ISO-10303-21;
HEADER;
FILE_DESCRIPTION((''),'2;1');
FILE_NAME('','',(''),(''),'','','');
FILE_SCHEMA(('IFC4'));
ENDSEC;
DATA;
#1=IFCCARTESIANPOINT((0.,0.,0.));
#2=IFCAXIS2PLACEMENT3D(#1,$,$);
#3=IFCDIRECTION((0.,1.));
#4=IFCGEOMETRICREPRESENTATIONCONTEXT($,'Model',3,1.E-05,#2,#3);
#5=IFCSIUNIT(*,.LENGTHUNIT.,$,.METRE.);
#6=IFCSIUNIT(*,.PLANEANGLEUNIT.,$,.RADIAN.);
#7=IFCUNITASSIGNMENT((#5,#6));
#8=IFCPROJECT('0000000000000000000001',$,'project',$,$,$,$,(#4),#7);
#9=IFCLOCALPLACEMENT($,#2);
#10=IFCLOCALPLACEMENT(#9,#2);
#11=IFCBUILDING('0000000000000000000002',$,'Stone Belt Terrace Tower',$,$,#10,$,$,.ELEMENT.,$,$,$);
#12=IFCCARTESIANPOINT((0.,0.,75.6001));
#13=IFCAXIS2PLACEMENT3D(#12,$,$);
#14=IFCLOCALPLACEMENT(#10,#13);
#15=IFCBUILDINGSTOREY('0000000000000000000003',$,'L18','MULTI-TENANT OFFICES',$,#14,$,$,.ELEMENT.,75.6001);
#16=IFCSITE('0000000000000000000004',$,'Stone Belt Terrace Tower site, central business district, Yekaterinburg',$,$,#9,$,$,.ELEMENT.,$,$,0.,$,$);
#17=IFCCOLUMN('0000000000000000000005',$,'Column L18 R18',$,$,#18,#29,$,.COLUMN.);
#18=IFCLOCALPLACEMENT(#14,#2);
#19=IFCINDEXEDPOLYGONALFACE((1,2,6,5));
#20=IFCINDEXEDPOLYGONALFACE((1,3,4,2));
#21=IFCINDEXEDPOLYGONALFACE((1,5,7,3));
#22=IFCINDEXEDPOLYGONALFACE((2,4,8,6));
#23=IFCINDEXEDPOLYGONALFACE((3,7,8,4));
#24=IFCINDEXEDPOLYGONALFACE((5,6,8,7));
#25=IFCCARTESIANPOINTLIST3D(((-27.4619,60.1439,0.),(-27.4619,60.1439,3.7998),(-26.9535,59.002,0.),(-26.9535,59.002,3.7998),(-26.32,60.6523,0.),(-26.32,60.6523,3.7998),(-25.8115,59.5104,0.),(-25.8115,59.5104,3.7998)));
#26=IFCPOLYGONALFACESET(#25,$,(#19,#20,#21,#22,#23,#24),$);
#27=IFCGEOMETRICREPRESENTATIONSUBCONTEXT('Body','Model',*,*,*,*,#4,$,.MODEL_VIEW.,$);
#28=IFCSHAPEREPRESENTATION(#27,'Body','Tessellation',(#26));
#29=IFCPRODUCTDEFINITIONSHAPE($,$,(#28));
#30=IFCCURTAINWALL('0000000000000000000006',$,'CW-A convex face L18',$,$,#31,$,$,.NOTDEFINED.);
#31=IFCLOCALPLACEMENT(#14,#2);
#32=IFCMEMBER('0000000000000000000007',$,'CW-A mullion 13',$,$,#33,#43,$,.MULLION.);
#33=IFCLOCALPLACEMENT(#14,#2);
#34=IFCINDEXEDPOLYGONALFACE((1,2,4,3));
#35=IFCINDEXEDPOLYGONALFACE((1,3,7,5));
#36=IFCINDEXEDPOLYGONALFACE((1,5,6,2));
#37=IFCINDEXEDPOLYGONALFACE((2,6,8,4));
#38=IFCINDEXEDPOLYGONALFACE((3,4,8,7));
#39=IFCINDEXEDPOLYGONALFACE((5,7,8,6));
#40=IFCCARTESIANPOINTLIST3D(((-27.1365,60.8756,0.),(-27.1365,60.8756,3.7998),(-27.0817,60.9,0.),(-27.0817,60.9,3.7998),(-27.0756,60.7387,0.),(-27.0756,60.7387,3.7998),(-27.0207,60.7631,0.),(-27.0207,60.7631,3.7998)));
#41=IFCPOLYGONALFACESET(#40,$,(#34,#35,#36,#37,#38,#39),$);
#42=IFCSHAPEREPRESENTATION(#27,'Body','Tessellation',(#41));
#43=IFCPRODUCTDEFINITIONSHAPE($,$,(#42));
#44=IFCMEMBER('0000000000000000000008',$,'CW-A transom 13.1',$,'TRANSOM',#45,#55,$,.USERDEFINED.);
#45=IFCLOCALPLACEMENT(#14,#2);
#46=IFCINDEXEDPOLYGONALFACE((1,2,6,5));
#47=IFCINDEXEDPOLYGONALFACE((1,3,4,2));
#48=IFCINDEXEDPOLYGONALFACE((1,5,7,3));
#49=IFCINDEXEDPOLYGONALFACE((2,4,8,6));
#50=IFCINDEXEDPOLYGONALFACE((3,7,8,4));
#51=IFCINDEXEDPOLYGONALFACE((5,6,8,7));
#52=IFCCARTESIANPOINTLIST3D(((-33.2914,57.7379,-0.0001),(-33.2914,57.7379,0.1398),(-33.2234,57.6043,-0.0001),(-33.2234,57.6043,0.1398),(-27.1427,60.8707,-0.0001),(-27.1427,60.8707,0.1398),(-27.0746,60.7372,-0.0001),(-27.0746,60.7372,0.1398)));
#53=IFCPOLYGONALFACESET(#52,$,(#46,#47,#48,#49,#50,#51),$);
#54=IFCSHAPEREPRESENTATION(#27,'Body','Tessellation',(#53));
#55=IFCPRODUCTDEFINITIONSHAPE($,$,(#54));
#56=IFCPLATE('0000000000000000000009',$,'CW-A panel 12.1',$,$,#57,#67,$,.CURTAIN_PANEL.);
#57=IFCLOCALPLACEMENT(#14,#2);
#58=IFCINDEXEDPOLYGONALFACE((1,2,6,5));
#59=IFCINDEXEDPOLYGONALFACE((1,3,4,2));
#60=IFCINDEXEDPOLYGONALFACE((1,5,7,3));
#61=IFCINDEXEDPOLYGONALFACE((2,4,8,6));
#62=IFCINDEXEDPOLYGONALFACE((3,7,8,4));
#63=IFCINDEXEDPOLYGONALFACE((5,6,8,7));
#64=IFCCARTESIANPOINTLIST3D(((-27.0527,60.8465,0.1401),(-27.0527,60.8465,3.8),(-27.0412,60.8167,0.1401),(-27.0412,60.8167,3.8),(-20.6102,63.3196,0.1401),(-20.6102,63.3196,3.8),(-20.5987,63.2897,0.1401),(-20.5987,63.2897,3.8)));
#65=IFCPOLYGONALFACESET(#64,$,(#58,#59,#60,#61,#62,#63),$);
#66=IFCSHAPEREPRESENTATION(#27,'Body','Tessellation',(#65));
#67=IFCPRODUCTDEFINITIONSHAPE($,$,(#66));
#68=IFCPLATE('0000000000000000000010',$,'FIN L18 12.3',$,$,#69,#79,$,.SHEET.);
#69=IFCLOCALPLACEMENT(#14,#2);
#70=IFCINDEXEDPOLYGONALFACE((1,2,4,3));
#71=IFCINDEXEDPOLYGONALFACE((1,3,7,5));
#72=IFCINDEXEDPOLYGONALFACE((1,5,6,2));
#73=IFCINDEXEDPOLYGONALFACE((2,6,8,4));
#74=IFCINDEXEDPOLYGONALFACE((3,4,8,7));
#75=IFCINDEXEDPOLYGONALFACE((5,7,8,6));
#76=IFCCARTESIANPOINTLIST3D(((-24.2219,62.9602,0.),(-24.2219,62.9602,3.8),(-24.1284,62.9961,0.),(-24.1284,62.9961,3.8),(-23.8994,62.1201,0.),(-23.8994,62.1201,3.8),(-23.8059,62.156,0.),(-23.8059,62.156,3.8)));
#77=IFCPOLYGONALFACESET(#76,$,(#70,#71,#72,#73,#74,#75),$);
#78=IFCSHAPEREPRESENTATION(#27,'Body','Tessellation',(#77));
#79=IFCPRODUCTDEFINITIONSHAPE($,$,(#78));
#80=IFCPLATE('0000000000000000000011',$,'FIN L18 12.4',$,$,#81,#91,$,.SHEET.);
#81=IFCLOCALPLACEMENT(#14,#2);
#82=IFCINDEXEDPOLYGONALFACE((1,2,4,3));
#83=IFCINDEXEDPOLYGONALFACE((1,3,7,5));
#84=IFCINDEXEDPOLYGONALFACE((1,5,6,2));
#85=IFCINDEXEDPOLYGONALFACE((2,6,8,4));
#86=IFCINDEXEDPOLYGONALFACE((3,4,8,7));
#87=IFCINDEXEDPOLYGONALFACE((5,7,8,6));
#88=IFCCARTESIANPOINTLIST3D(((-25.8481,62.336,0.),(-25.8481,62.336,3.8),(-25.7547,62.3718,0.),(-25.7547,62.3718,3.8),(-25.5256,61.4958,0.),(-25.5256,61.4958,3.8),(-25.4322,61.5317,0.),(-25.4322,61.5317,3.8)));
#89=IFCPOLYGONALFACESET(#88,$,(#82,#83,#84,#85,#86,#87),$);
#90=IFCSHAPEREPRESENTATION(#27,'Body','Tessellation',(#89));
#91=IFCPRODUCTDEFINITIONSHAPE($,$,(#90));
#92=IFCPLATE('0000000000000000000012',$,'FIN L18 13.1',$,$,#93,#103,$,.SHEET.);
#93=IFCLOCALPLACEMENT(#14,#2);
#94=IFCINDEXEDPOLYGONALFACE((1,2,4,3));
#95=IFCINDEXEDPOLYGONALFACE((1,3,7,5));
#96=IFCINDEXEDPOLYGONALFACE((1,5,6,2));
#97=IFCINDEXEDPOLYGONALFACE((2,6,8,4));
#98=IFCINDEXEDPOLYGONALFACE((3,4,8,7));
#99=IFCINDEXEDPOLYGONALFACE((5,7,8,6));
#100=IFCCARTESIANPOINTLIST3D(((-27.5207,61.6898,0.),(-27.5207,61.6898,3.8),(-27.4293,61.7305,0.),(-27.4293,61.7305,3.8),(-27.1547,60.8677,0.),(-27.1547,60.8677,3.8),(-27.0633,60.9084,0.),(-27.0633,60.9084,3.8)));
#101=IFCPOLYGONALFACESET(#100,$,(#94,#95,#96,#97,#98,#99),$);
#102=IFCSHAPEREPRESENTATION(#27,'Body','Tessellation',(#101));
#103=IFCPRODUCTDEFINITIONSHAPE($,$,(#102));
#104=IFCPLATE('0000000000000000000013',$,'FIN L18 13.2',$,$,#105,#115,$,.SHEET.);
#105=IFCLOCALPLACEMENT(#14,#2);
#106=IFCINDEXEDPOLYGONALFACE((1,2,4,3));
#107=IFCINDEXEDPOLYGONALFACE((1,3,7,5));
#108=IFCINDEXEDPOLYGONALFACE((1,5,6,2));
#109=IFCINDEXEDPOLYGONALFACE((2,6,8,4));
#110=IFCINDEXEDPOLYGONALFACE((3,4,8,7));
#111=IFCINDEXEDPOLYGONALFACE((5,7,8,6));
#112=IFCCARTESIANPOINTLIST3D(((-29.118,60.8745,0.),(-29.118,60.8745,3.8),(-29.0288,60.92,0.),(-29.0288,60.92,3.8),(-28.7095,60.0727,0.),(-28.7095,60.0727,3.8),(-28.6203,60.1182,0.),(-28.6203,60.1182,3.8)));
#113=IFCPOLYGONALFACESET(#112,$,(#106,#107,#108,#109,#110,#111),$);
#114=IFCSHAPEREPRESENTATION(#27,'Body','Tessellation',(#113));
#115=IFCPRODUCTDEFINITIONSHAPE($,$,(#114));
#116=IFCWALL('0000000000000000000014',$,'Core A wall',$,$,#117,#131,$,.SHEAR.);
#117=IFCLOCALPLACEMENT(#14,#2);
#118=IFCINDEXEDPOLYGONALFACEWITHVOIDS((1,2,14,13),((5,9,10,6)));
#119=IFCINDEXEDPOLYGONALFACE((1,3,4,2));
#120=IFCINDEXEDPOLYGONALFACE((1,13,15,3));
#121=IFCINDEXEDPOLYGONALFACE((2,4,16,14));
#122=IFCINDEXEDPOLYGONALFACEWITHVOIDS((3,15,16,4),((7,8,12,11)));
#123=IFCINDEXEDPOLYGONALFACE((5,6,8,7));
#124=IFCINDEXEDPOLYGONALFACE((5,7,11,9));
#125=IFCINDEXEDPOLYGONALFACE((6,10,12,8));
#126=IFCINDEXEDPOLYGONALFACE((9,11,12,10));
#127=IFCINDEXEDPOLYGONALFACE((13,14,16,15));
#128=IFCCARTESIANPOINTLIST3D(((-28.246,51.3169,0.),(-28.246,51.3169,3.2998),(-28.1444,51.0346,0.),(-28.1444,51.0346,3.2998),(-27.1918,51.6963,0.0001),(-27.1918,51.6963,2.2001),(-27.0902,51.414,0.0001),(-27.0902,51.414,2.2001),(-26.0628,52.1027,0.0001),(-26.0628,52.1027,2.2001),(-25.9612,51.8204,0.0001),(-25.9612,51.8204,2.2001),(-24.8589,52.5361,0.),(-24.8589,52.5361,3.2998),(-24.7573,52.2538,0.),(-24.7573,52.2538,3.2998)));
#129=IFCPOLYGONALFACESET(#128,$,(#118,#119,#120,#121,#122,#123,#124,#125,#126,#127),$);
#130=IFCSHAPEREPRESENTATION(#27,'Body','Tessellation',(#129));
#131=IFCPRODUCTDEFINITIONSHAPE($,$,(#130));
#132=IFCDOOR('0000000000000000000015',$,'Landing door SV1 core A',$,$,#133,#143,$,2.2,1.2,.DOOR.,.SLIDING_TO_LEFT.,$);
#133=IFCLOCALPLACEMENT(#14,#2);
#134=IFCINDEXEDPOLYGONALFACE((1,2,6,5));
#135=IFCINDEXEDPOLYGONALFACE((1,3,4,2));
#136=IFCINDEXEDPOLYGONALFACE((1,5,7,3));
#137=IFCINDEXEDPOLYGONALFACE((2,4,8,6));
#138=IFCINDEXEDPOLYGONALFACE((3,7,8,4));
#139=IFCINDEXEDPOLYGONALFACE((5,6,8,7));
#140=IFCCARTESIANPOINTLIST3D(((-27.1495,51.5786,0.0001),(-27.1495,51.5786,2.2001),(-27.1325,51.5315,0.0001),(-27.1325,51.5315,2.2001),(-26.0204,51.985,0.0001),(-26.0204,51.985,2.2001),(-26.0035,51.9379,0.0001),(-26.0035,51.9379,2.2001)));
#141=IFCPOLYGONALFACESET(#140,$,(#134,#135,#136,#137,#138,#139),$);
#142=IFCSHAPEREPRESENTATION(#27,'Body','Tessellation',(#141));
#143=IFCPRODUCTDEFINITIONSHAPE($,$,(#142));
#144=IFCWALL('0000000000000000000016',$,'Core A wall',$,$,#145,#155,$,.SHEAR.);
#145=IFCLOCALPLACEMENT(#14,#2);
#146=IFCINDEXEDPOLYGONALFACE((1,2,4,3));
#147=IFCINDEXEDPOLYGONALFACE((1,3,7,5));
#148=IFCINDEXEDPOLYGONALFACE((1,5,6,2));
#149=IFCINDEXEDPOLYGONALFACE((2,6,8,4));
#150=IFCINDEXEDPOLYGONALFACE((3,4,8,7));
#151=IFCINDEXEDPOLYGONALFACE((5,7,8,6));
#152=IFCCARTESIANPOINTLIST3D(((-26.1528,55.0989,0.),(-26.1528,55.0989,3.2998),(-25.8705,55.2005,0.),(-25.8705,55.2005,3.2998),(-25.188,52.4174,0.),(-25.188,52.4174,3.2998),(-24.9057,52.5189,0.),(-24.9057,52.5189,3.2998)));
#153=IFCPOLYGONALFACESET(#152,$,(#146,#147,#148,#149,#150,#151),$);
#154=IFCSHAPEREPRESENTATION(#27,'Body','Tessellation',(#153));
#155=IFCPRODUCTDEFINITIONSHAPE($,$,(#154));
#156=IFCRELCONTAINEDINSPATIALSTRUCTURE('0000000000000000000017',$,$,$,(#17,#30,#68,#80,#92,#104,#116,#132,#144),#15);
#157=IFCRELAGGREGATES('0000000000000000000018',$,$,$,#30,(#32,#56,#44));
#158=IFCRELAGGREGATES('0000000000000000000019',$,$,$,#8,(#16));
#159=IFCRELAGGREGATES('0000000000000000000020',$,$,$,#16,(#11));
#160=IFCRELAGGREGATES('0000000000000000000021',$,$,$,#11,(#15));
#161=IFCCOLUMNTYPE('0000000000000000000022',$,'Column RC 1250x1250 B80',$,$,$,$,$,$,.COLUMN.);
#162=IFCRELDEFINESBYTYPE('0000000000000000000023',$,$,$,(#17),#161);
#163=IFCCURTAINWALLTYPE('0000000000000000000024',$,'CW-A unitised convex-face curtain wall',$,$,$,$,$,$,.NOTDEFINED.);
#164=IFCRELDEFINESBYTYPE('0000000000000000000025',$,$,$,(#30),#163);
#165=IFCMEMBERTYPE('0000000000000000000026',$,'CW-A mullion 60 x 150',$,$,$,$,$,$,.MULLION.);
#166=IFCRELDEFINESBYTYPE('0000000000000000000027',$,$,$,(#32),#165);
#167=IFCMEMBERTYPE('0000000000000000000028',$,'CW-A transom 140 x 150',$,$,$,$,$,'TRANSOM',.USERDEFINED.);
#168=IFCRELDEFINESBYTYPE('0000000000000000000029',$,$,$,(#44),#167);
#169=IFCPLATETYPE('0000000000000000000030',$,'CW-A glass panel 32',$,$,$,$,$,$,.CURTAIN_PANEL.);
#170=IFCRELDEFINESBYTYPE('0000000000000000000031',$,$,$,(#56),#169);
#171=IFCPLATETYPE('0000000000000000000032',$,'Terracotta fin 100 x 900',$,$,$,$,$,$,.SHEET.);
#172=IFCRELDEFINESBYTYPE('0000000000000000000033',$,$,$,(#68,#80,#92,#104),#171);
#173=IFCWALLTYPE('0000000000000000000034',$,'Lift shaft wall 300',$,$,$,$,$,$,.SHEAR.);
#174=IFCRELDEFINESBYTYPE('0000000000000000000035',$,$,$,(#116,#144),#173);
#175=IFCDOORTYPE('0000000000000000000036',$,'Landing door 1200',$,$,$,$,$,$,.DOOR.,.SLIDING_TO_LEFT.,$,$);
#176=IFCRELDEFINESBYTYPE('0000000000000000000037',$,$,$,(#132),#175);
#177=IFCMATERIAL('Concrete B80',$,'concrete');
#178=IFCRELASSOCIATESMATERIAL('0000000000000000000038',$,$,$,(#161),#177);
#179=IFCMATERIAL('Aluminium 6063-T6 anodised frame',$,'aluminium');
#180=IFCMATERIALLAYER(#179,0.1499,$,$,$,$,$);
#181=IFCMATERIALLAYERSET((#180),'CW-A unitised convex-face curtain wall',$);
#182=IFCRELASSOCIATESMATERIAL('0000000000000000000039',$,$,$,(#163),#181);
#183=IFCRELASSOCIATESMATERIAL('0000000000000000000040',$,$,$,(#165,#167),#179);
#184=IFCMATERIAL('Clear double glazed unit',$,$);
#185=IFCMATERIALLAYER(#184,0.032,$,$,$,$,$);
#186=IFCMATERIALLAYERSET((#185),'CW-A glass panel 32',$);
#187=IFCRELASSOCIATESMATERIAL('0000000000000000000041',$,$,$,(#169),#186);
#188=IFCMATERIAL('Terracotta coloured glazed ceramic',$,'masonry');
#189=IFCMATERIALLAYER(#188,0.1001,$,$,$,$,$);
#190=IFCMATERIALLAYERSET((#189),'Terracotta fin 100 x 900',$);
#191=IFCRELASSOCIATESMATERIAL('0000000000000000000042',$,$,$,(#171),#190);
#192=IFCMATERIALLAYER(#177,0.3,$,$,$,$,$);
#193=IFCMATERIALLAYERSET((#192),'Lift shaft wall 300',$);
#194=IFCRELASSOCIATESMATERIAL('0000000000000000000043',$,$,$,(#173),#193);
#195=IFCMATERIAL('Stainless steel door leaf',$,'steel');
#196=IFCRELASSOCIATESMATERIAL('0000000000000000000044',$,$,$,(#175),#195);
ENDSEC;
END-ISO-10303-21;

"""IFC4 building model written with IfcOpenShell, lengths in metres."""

from ifc_helpers import new_model, si_unit, direction, frame, frame_2d, origin, origin_2d, place, context, subcontext, project, spatial, rectangle, extrude, material, layer, layer_set, material_profile, profile_set, type_object, element, fill, aggregate, save


model = new_model("IFC4")

# Units and contexts
model_context = context("Model", 3, precision=1e-05, world=origin(), true_north=direction((0.0, 1.0)))
body_context = subcontext(model_context, "Body", "Model", "MODEL_VIEW")
ifc_project = project(units=[si_unit("LENGTHUNIT", "METRE"), si_unit("PLANEANGLEUNIT", "RADIAN")], contexts=[model_context])

# Site, building, storey
site_placement = place(None, origin())
site = spatial("IfcSite", under=ifc_project, at=site_placement, Name="Stone Belt Terrace Tower site, central business district, Yekaterinburg", CompositionType="ELEMENT", RefElevation=0.0)
building_placement = place(site_placement, origin())
building = spatial("IfcBuilding", under=site, at=building_placement, Name="Stone Belt Terrace Tower", CompositionType="ELEMENT")
storey_placement = place(building_placement, frame((0.0, 0.0, 75.6001)))
storey = spatial("IfcBuildingStorey", under=building, at=storey_placement, Name="L18", Description="MULTI-TENANT OFFICES", CompositionType="ELEMENT", Elevation=75.6001)

# Column
ifc_material_1 = material(Name="Concrete B80", Category="concrete")
ifc_material_profile_1 = material_profile(ifc_material_1, rectangle(XDim=1.25, YDim=1.25, at=origin_2d()), Name="RC 1250x1250")
ifc_profile_set_1 = profile_set([ifc_material_profile_1], Name="Concrete B80")
column_type = type_object("IfcColumnType", Name="Column RC 1250x1250 B80", PredefinedType="COLUMN", material=ifc_profile_set_1)
column_placement = place(storey_placement, frame((-26.6367, 59.8271, 0.0), z_axis=(0.0, 0.0, 1.0), x_axis=(0.913545, 0.406737, 0.0)))
element("IfcColumn", 1, at=column_placement, inside=storey, type_object=column_type, Name="Column L18 R18", PredefinedType="COLUMN", context=body_context, shape_type="SweptSolid", body=[
    extrude(rectangle(XDim=1.25, YDim=1.25, at=origin_2d()), origin(), (0.0, 0.0, 1.0), 3.7998),
])

# Curtain wall, members, plate
ifc_material_2 = material(Name="Aluminium 6063-T6 anodised frame", Category="aluminium")
ifc_layer_1 = layer(ifc_material_2, 0.1499)
ifc_layer_set_1 = layer_set([ifc_layer_1], Name="CW-A unitised convex-face curtain wall")
curtain_wall_type = type_object("IfcCurtainWallType", Name="CW-A unitised convex-face curtain wall", PredefinedType="NOTDEFINED", material=ifc_layer_set_1)
curtain_wall_placement = place(storey_placement, origin())
curtain_wall = element("IfcCurtainWall", 2, at=curtain_wall_placement, inside=storey, type_object=curtain_wall_type, Name="CW-A convex face L18", PredefinedType="NOTDEFINED")
ifc_material_profile_2 = material_profile(ifc_material_2, rectangle(XDim=0.1499, YDim=0.0601, at=origin_2d()), Name="Aluminium 6063-T6 60x150")
ifc_profile_set_2 = profile_set([ifc_material_profile_2], Name="Aluminium 6063-T6 anodised frame")
member_type_1 = type_object("IfcMemberType", Name="CW-A mullion 60 x 150", PredefinedType="MULLION", material=ifc_profile_set_2)
member_1_placement = place(storey_placement, frame((-27.0786, 60.8193, 0.0), z_axis=(0.0, 0.0, 1.0), x_axis=(0.406737, -0.913545, 0.0)))
member_1 = element("IfcMember", 3, at=member_1_placement, type_object=member_type_1, Name="CW-A mullion 13", PredefinedType="MULLION", context=body_context, shape_type="SweptSolid", body=[
    extrude(rectangle(XDim=0.1499, YDim=0.0601, at=origin_2d()), origin(), (0.0, 0.0, 1.0), 3.7998),
])
ifc_material_profile_3 = material_profile(ifc_material_2, rectangle(XDim=0.1499, YDim=0.1399, at=origin_2d()), Name="Aluminium 6063-T6 150x140")
ifc_profile_set_3 = profile_set([ifc_material_profile_3], Name="Aluminium 6063-T6 anodised frame")
member_type_2 = type_object("IfcMemberType", Name="CW-A transom 140 x 150", ElementType="TRANSOM", PredefinedType="USERDEFINED", material=ifc_profile_set_3)
member_2_placement = place(storey_placement, frame((-27.1086, 60.804, 0.0698), z_axis=(-0.891012, -0.453979, 0.0), x_axis=(0.453979, -0.891012, 0.0)))
member_2 = element("IfcMember", 4, at=member_2_placement, type_object=member_type_2, Name="CW-A transom 13.1", ObjectType="TRANSOM", PredefinedType="USERDEFINED", context=body_context, shape_type="SweptSolid", body=[
    extrude(rectangle(XDim=0.1499, YDim=0.1399, at=origin_2d()), origin(), (0.0, 0.0, 1.0), 6.9009),
])
ifc_material_3 = material(Name="Clear double glazed unit")
ifc_layer_2 = layer(ifc_material_3, 0.032)
ifc_layer_set_2 = layer_set([ifc_layer_2], Name="CW-A glass panel 32")
plate_type_1 = type_object("IfcPlateType", Name="CW-A glass panel 32", PredefinedType="CURTAIN_PANEL", material=ifc_layer_set_2)
plate_placement = place(storey_placement, frame((-23.8257, 62.0681, 0.1401), z_axis=(0.0, 0.0, 1.0), x_axis=(-0.93358, -0.358368, 0.0)))
plate = element("IfcPlate", 5, at=plate_placement, type_object=plate_type_1, Name="CW-A panel 12.1", PredefinedType="CURTAIN_PANEL", context=body_context, shape_type="SweptSolid", body=[
    extrude(rectangle(XDim=6.9009, YDim=0.032, at=origin_2d()), origin(), (0.0, 0.0, 1.0), 3.6599),
])
aggregate(curtain_wall, [member_1, plate, member_2])

# Plates
ifc_material_4 = material(Name="Terracotta coloured glazed ceramic", Category="masonry")
ifc_layer_3 = layer(ifc_material_4, 0.1001)
ifc_layer_set_3 = layer_set([ifc_layer_3], Name="Terracotta fin 100 x 900")
plate_type_2 = type_object("IfcPlateType", Name="Terracotta fin 100 x 900", PredefinedType="SHEET", material=ifc_layer_set_3)
for number, where, z_axis, x_axis, name in (
    (6, (-24.0139, 62.5581, 0.0), (0.0, 0.0, 1.0), (-0.358368, 0.93358, 0.0), "FIN L18 12.3"),
    (7, (-25.6401, 61.9338, 0.0), (0.0, 0.0, 1.0), (-0.358368, 0.93358, 0.0), "FIN L18 12.4"),
    (8, (-27.292, 61.2991, 0.0), (0.0, 0.0, 1.0), (-0.406737, 0.913545, 0.0), "FIN L18 13.1"),
    (9, (-28.8691, 60.4963, 0.0), (0.0, 0.0, 1.0), (-0.45399, 0.891007, 0.0), "FIN L18 13.2"),
):
    element("IfcPlate", number, at=place(storey_placement, frame(where, z_axis=z_axis, x_axis=x_axis)), inside=storey, type_object=plate_type_2, Name=name, PredefinedType="SHEET", context=body_context, shape_type="SweptSolid", body=[
        extrude(rectangle(XDim=0.8999, YDim=0.1001, at=origin_2d()), origin(), (0.0, 0.0, 1.0), 3.8),
    ])

# Wall, opening, door
ifc_layer_4 = layer(ifc_material_1, 0.3)
ifc_layer_set_4 = layer_set([ifc_layer_4], Name="Lift shaft wall 300")
wall_type_1 = type_object("IfcWallType", Name="Lift shaft wall 300", PredefinedType="SHEAR", material=ifc_layer_set_4)
wall_1_placement = place(storey_placement, frame((-28.1951, 51.1758, 0.0), z_axis=(0.0, 0.0, 1.0), x_axis=(0.940901, 0.338681, 0.0)))
wall_1 = element("IfcWall", 10, at=wall_1_placement, inside=storey, type_object=wall_type_1, Name="Core A wall", PredefinedType="SHEAR", context=body_context, shape_type="SweptSolid", body=[
    extrude(rectangle(XDim=3.5999, YDim=0.3, at=frame_2d((1.7998, 0.0))), origin(), (0.0, 0.0, 1.0), 3.2998),
])
opening_1_placement = place(wall_1_placement, frame((1.1201, 0.0, 0.0)))
opening_1 = element("IfcOpeningElement", 11, at=opening_1_placement, cuts=wall_1, PredefinedType="OPENING", context=body_context, shape_type="SweptSolid", body=[
    extrude(rectangle(XDim=1.2, YDim=2.2, at=frame_2d((0.6001, 1.1001))), frame((0.0, 0.1599, 0.0), z_axis=(0.0, -1.0, 0.0), x_axis=(1.0, 0.0, 0.0)), (0.0, 0.0, 1.0), 0.3201),
])
ifc_material_5 = material(Name="Stainless steel door leaf", Category="steel")
door_type_1 = type_object("IfcDoorType", Name="Landing door 1200", OperationType="SLIDING_TO_LEFT", PredefinedType="DOOR", material=ifc_material_5)
door_1_placement = place(opening_1_placement, origin())
door_1 = element("IfcDoor", 12, at=door_1_placement, inside=storey, type_object=door_type_1, Name="Landing door SV1 core A", OperationType="SLIDING_TO_LEFT", OverallHeight=2.2, OverallWidth=1.2, PredefinedType="DOOR", context=body_context, shape_type="SweptSolid", body=[
    extrude(rectangle(XDim=1.2, YDim=2.2, at=frame_2d((0.6001, 1.1001))), frame((0.0, 0.0249, 0.0), z_axis=(0.0, -1.0, 0.0), x_axis=(1.0, 0.0, 0.0)), (0.0, 0.0, 1.0), 0.05),
])
fill(opening_1, door_1)

# Wall
wall_2_placement = place(storey_placement, frame((-25.0469, 52.4683, 0.0), z_axis=(0.0, 0.0, 1.0), x_axis=(-0.33855, 0.940949, 0.0)))
element("IfcWall", 13, at=wall_2_placement, inside=storey, type_object=wall_type_1, Name="Core A wall", PredefinedType="SHEAR", context=body_context, shape_type="SweptSolid", body=[
    extrude(rectangle(XDim=2.8499, YDim=0.3, at=frame_2d((1.4248, 0.0))), origin(), (0.0, 0.0, 1.0), 3.2998),
])

save(model, "model.ifc")
